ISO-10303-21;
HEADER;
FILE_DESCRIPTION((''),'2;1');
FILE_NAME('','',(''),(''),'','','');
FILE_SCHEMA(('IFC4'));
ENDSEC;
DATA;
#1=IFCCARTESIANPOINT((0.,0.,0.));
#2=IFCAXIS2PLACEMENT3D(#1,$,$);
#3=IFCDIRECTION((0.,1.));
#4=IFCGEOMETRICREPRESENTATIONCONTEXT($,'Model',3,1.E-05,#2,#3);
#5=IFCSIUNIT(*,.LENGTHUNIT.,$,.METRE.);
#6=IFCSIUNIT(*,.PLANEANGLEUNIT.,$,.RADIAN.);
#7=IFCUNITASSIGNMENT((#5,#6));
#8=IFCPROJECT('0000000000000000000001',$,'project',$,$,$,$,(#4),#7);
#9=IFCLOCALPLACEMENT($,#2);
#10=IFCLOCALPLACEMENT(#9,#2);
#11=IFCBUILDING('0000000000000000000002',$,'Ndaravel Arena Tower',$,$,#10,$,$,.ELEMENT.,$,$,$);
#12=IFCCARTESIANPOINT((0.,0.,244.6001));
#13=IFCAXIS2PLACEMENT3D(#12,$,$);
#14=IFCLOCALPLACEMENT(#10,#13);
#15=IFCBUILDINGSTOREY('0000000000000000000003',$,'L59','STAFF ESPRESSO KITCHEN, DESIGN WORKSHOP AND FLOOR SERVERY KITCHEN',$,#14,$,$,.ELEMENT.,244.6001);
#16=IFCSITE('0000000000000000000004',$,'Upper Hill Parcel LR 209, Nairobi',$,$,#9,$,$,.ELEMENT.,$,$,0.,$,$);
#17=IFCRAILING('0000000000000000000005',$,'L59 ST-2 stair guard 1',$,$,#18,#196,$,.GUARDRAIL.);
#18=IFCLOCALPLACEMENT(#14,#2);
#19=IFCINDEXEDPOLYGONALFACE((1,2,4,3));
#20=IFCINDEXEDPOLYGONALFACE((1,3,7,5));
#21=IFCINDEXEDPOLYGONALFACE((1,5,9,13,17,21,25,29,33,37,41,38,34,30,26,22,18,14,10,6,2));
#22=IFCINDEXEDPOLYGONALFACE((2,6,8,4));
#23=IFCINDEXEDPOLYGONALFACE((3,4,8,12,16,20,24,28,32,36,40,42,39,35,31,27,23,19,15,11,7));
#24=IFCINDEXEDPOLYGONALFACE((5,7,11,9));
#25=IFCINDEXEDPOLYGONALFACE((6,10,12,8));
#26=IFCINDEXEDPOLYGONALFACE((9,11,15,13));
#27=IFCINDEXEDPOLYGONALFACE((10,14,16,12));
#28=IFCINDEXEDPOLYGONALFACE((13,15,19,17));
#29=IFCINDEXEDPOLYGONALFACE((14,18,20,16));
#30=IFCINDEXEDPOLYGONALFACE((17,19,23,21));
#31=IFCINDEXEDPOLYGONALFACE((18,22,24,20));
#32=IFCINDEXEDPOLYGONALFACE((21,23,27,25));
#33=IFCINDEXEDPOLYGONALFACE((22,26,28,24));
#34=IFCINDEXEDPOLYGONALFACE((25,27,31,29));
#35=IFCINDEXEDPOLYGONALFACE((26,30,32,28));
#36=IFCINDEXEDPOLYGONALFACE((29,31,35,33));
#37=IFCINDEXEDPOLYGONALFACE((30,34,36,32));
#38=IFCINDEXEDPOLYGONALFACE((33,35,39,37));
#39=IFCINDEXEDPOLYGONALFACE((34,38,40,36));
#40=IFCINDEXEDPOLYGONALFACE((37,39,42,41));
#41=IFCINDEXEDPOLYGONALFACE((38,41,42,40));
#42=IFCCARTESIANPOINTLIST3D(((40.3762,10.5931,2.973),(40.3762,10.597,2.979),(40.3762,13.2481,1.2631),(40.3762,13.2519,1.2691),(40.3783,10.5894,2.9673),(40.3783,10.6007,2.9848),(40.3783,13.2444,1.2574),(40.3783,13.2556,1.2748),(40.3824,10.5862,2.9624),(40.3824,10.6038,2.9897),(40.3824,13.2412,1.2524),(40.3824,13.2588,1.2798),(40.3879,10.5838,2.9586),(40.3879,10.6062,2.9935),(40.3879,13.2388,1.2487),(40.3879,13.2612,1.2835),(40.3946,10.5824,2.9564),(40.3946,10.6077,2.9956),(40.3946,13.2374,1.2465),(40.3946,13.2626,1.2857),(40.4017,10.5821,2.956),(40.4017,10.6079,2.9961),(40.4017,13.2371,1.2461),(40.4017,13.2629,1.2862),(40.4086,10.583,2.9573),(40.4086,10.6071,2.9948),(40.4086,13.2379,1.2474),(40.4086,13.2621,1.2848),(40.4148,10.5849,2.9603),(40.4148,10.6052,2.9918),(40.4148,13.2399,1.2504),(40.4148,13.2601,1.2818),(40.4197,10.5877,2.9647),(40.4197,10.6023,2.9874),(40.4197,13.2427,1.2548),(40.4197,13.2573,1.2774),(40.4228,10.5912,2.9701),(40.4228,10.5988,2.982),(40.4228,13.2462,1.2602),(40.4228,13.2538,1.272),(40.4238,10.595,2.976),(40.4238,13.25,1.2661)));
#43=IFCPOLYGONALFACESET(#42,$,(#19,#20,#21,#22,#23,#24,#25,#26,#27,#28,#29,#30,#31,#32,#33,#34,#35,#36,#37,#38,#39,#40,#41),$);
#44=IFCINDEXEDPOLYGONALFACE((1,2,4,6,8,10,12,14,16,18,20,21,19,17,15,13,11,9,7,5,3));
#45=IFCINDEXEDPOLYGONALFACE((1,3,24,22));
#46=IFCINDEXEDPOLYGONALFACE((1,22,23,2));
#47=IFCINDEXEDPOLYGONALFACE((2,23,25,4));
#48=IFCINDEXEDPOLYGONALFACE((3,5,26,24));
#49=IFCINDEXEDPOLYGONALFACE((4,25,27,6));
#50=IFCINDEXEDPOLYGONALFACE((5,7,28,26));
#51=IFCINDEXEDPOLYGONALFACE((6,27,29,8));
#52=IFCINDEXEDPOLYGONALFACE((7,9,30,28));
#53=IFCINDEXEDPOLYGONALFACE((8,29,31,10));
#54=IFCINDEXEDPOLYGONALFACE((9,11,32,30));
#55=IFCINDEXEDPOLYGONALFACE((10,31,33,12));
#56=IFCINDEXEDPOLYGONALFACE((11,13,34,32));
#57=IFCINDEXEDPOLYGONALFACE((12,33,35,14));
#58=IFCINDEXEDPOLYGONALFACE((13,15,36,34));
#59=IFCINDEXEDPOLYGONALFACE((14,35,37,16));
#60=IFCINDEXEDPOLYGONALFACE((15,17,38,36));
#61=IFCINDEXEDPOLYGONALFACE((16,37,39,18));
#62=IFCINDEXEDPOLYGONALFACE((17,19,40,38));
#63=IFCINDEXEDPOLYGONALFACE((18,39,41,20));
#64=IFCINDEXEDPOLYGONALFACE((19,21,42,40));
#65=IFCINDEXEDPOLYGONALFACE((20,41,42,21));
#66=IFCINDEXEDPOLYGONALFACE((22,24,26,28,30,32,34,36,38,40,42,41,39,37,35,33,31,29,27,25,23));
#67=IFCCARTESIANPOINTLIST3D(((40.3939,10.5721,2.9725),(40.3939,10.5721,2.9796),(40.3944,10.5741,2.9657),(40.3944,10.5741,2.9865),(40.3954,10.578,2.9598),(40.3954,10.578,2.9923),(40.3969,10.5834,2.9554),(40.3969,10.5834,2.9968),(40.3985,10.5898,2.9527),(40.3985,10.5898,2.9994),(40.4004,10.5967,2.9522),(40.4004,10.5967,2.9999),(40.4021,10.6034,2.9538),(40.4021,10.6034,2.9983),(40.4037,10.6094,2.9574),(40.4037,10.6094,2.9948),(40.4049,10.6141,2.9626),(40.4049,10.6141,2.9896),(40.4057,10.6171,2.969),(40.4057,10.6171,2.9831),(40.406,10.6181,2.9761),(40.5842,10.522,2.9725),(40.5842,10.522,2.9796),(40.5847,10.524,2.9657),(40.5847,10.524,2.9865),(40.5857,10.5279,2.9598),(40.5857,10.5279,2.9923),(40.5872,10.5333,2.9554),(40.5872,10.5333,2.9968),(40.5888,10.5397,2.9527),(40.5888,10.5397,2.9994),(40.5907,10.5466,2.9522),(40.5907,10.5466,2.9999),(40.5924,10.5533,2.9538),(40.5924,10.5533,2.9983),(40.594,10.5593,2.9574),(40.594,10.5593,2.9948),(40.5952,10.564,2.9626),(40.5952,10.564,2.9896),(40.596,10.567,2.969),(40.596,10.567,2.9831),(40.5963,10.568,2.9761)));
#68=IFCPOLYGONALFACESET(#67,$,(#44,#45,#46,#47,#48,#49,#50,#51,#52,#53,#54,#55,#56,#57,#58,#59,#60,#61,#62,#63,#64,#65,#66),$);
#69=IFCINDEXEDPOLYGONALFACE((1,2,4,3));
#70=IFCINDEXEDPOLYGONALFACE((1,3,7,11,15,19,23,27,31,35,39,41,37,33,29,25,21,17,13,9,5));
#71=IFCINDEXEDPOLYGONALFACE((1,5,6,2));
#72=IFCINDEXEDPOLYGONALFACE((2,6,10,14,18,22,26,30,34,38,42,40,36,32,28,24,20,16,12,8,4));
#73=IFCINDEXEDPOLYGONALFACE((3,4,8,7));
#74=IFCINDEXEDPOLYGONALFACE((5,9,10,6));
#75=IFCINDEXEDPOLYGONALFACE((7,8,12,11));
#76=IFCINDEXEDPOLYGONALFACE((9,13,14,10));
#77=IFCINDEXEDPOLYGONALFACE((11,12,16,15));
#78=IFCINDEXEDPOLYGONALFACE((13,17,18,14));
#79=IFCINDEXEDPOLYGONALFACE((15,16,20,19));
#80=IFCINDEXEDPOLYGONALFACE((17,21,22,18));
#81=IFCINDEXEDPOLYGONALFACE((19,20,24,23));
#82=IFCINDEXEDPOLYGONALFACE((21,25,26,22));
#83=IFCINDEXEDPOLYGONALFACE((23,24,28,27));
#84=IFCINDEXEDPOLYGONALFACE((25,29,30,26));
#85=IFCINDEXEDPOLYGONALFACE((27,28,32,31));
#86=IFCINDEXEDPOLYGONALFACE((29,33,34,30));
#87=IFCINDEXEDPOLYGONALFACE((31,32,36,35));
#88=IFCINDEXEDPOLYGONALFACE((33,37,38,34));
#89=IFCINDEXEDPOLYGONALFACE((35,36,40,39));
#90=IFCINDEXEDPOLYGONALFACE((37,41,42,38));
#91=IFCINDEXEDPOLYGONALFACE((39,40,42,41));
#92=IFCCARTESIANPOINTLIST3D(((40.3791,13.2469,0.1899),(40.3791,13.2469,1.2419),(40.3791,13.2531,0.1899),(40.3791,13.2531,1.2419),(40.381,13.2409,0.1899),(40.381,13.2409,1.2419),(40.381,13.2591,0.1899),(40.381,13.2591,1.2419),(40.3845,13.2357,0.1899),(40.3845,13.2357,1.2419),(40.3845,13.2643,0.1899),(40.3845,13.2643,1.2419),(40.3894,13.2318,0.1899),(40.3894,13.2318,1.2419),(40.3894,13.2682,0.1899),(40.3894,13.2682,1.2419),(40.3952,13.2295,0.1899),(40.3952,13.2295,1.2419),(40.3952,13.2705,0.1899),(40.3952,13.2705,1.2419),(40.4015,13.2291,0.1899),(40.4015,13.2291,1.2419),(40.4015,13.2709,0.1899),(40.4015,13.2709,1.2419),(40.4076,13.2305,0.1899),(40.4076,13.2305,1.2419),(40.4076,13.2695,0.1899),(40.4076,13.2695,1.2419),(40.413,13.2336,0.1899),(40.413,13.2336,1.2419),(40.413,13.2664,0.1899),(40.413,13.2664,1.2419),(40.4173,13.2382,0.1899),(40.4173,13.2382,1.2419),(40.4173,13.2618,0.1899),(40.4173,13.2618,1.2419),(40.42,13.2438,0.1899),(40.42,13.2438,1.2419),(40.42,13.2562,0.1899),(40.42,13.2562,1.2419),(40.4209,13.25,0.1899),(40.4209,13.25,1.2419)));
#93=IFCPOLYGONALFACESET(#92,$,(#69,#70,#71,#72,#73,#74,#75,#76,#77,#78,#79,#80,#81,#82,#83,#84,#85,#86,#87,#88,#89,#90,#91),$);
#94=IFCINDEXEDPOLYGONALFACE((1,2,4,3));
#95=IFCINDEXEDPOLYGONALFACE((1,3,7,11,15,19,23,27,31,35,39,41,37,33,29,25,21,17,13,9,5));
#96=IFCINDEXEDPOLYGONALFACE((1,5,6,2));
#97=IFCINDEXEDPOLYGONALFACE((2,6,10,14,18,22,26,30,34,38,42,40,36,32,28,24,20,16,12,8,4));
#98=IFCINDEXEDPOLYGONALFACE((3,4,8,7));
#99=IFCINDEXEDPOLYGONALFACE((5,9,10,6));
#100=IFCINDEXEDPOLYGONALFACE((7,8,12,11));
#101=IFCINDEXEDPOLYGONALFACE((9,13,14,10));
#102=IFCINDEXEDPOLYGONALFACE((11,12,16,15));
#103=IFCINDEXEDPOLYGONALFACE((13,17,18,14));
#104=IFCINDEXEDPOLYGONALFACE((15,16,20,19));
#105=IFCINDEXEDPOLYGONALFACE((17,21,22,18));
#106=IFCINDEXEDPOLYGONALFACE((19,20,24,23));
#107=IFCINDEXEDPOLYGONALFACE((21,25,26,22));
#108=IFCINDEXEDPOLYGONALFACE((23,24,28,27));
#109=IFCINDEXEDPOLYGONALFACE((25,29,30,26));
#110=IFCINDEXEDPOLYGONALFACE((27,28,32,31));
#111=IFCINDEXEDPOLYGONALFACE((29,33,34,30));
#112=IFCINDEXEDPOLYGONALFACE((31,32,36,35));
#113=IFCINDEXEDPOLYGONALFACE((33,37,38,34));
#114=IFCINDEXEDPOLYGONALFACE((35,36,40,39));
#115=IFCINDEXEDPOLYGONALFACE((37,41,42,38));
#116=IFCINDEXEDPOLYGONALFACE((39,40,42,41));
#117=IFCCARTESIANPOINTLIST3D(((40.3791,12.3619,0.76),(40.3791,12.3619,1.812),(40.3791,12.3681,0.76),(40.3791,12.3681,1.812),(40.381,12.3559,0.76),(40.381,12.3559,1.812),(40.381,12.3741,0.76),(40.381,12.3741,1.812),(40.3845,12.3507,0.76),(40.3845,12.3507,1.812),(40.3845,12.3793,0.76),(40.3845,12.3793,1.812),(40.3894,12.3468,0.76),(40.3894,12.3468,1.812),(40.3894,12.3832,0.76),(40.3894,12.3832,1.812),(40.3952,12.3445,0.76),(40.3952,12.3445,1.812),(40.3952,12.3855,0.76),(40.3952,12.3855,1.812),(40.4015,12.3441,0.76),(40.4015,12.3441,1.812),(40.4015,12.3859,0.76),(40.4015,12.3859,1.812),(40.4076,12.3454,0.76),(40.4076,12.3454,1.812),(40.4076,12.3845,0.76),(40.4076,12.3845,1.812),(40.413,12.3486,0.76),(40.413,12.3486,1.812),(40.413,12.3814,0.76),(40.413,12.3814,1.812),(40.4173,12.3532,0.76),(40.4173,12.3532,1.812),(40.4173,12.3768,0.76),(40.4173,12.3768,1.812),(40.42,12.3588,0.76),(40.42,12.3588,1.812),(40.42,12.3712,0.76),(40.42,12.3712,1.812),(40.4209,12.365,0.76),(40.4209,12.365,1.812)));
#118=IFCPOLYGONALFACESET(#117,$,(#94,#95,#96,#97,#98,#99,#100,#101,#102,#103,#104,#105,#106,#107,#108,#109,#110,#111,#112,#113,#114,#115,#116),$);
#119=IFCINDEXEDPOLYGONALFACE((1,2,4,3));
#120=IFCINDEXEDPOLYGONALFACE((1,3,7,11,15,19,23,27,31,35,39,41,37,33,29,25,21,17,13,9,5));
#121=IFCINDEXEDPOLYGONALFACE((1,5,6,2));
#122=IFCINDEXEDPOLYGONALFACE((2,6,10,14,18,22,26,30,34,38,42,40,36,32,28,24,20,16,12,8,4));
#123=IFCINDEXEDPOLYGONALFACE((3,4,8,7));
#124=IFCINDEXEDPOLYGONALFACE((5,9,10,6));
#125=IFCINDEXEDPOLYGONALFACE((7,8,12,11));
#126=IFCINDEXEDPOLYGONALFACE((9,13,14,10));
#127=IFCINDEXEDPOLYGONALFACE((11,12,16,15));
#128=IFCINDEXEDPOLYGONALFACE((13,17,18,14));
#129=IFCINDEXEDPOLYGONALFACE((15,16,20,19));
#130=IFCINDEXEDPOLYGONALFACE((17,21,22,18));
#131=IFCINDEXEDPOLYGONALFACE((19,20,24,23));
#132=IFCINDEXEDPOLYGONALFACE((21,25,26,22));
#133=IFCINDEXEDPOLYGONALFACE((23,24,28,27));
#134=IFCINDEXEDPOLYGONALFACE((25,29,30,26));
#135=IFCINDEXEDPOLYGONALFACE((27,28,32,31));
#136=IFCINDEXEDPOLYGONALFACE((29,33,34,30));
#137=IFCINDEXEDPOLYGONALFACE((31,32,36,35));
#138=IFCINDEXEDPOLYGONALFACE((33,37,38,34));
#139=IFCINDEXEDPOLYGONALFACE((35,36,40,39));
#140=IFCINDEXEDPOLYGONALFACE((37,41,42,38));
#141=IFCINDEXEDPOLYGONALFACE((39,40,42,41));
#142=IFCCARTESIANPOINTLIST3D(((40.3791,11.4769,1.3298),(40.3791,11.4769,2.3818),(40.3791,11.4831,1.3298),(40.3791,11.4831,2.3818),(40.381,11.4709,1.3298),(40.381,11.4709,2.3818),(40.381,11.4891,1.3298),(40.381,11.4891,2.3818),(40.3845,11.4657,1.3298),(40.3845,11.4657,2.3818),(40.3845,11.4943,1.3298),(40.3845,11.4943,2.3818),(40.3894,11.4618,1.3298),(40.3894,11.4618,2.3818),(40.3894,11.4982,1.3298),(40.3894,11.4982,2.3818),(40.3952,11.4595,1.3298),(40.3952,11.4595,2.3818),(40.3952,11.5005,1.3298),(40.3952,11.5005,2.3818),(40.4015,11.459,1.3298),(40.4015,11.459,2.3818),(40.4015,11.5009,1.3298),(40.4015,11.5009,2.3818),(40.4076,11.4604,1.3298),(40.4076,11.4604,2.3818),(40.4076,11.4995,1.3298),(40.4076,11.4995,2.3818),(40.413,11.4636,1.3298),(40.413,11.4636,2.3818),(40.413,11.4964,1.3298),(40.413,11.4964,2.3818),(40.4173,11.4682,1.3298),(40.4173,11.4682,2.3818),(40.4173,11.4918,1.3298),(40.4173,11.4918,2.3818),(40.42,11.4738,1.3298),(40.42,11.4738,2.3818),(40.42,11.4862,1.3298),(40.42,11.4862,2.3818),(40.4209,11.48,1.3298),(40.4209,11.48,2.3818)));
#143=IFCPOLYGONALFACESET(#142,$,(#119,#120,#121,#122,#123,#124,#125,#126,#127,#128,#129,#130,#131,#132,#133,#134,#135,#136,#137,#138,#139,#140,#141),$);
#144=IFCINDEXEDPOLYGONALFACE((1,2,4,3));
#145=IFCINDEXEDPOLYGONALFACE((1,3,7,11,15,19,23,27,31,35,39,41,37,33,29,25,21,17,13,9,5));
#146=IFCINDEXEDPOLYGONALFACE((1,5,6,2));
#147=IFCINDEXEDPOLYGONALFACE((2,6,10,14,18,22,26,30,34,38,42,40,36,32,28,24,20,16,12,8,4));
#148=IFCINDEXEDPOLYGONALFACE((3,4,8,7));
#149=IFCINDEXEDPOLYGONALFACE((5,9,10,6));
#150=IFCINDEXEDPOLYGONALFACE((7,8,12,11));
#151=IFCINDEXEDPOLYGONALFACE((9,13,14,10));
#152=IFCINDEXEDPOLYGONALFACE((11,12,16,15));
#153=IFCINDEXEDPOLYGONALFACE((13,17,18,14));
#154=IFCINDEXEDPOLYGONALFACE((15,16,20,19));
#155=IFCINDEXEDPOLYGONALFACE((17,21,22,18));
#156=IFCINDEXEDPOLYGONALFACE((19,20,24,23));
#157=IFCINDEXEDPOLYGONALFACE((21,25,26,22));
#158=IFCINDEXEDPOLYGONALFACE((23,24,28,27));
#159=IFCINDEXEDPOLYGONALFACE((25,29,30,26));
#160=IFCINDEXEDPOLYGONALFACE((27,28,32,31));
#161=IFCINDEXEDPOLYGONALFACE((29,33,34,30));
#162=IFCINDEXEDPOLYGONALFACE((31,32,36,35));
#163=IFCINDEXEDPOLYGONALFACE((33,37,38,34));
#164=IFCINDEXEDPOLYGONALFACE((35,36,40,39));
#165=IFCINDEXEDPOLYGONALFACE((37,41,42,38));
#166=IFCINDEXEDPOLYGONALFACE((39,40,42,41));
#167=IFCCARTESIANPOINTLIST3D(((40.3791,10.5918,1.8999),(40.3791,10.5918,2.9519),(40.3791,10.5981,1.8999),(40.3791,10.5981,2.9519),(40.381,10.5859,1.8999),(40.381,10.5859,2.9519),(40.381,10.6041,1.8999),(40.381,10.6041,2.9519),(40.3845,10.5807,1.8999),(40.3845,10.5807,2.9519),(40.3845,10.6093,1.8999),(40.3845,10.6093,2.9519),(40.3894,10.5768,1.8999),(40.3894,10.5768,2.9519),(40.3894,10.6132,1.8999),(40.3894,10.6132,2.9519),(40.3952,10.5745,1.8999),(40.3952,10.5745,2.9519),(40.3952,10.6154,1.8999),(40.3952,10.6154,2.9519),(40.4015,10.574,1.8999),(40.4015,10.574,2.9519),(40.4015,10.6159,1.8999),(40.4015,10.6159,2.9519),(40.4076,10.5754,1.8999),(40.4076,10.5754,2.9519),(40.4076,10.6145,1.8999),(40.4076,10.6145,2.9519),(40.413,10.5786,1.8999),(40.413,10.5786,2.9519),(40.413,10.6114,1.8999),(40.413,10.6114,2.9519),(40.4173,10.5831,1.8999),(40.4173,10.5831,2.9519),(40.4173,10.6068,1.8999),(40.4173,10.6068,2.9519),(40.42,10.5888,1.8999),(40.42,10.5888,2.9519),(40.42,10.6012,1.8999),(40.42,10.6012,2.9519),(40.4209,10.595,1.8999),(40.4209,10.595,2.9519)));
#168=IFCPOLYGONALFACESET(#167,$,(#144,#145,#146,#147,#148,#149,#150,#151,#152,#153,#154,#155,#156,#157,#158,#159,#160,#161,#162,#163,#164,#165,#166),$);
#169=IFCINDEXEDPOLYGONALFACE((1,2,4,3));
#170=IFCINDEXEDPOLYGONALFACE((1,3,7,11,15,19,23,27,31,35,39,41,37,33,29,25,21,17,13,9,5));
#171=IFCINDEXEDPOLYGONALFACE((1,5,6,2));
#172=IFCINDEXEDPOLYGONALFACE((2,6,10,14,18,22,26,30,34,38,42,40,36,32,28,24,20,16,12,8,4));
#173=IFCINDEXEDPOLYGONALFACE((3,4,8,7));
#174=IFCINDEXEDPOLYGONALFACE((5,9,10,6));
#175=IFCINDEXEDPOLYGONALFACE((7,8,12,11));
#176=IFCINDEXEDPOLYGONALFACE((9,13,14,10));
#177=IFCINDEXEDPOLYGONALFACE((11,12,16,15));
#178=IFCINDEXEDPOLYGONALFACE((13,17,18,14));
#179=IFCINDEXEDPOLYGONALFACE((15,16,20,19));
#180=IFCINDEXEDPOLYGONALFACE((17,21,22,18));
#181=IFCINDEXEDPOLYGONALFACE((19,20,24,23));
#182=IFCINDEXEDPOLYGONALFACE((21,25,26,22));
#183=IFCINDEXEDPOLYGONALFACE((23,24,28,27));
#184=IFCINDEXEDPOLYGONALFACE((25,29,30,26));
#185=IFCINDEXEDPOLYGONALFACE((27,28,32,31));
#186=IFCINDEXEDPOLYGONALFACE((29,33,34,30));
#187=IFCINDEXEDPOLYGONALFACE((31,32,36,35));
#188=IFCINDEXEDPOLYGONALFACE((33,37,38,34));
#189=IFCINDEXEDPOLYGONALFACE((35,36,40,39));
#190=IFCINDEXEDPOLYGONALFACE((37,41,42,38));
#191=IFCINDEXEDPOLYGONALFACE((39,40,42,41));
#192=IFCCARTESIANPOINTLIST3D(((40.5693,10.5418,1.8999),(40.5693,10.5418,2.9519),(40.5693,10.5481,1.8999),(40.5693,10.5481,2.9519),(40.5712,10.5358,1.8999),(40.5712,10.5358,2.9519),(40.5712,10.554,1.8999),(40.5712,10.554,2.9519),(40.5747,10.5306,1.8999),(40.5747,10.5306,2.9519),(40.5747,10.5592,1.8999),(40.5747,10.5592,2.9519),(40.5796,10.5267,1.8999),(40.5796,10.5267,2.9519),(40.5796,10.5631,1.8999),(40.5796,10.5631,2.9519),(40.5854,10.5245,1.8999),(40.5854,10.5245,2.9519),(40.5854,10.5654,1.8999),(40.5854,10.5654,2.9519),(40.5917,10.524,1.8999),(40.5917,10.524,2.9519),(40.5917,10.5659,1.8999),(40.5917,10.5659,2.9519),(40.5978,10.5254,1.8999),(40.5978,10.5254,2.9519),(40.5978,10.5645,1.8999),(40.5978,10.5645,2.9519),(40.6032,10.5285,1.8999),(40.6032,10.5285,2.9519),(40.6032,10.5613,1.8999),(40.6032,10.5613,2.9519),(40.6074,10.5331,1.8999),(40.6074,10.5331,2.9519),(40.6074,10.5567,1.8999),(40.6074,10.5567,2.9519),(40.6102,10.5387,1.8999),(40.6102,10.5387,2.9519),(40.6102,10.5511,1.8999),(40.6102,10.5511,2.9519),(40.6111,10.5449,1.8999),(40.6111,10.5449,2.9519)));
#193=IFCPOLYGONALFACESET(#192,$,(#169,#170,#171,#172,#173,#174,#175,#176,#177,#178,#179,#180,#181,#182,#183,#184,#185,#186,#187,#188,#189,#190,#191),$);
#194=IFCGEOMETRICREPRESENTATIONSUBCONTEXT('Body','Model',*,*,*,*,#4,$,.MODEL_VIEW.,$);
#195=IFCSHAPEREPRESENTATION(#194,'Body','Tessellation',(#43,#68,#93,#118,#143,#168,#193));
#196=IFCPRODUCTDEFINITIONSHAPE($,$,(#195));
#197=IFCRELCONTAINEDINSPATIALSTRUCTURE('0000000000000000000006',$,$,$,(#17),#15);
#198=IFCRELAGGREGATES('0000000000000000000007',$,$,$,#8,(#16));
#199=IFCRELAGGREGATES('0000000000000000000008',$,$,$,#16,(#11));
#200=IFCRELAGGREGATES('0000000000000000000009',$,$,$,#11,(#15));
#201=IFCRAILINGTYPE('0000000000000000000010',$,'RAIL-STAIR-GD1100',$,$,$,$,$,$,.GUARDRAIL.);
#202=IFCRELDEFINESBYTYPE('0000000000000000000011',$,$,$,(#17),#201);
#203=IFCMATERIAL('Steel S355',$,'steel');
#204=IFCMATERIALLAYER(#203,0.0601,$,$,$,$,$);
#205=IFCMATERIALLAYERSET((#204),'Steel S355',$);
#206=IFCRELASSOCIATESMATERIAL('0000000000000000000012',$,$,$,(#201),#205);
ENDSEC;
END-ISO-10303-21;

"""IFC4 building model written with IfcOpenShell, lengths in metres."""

from ifc_helpers import new_model, si_unit, direction, frame, origin, origin_2d, place, context, subcontext, project, spatial, circle, extrude, material, layer, layer_set, type_object, element, save


model = new_model("IFC4")

# Units and contexts
model_context = context("Model", 3, precision=1e-05, world=origin(), true_north=direction((0.0, 1.0)))
body_context = subcontext(model_context, "Body", "Model", "MODEL_VIEW")
ifc_project = project(units=[si_unit("LENGTHUNIT", "METRE"), si_unit("PLANEANGLEUNIT", "RADIAN")], contexts=[model_context])

# Site, building, storey
site_placement = place(None, origin())
site = spatial("IfcSite", under=ifc_project, at=site_placement, Name="Upper Hill Parcel LR 209, Nairobi", CompositionType="ELEMENT", RefElevation=0.0)
building_placement = place(site_placement, origin())
building = spatial("IfcBuilding", under=site, at=building_placement, Name="Ndaravel Arena Tower", CompositionType="ELEMENT")
storey_placement = place(building_placement, frame((0.0, 0.0, 244.6001)))
storey = spatial("IfcBuildingStorey", under=building, at=storey_placement, Name="L59", Description="STAFF ESPRESSO KITCHEN, DESIGN WORKSHOP AND FLOOR SERVERY KITCHEN", CompositionType="ELEMENT", Elevation=244.6001)

# Railing
ifc_material_1 = material(Name="Steel S355", Category="steel")
ifc_layer_1 = layer(ifc_material_1, 0.0601)
ifc_layer_set_1 = layer_set([ifc_layer_1], Name="Steel S355")
railing_type_1 = type_object("IfcRailingType", Name="RAIL-STAIR-GD1100", PredefinedType="GUARDRAIL", material=ifc_layer_set_1)
railing_1_placement = place(storey_placement, frame((40.3999, 13.25, 0.1899)))
element("IfcRailing", 1, at=railing_1_placement, inside=storey, type_object=railing_type_1, Name="L59 ST-2 stair guard 1", PredefinedType="GUARDRAIL", context=body_context, shape_type="SweptSolid", body=[
    extrude(circle(Radius=0.0239, at=origin_2d()), frame((0.0, 0.0, 1.0762), z_axis=(0.0, -0.840724, 0.541465), x_axis=(1.0, 0.0, 0.0)), (0.0, 0.0, 1.0), 3.158),
    extrude(circle(Radius=0.0239, at=origin_2d()), frame((0.0, -2.655, 2.7861), z_axis=(0.967075, -0.254493, 0.0), x_axis=(0.254493, 0.967075, 0.0)), (0.0, 0.0, 1.0), 0.1968),
    extrude(circle(Radius=0.021, at=origin_2d()), origin(), (0.0, 0.0, 1.0), 1.052),
    extrude(circle(Radius=0.021, at=origin_2d()), frame((0.0, -0.885, 0.5701)), (0.0, 0.0, 1.0), 1.052),
    extrude(circle(Radius=0.021, at=origin_2d()), frame((0.0, -1.77, 1.1399)), (0.0, 0.0, 1.0), 1.052),
    extrude(circle(Radius=0.021, at=origin_2d()), frame((0.0, -2.655, 1.71)), (0.0, 0.0, 1.0), 1.052),
    extrude(circle(Radius=0.021, at=origin_2d()), frame((0.1902, -2.7051, 1.71)), (0.0, 0.0, 1.0), 1.052),
])

save(model, "model.ifc")
